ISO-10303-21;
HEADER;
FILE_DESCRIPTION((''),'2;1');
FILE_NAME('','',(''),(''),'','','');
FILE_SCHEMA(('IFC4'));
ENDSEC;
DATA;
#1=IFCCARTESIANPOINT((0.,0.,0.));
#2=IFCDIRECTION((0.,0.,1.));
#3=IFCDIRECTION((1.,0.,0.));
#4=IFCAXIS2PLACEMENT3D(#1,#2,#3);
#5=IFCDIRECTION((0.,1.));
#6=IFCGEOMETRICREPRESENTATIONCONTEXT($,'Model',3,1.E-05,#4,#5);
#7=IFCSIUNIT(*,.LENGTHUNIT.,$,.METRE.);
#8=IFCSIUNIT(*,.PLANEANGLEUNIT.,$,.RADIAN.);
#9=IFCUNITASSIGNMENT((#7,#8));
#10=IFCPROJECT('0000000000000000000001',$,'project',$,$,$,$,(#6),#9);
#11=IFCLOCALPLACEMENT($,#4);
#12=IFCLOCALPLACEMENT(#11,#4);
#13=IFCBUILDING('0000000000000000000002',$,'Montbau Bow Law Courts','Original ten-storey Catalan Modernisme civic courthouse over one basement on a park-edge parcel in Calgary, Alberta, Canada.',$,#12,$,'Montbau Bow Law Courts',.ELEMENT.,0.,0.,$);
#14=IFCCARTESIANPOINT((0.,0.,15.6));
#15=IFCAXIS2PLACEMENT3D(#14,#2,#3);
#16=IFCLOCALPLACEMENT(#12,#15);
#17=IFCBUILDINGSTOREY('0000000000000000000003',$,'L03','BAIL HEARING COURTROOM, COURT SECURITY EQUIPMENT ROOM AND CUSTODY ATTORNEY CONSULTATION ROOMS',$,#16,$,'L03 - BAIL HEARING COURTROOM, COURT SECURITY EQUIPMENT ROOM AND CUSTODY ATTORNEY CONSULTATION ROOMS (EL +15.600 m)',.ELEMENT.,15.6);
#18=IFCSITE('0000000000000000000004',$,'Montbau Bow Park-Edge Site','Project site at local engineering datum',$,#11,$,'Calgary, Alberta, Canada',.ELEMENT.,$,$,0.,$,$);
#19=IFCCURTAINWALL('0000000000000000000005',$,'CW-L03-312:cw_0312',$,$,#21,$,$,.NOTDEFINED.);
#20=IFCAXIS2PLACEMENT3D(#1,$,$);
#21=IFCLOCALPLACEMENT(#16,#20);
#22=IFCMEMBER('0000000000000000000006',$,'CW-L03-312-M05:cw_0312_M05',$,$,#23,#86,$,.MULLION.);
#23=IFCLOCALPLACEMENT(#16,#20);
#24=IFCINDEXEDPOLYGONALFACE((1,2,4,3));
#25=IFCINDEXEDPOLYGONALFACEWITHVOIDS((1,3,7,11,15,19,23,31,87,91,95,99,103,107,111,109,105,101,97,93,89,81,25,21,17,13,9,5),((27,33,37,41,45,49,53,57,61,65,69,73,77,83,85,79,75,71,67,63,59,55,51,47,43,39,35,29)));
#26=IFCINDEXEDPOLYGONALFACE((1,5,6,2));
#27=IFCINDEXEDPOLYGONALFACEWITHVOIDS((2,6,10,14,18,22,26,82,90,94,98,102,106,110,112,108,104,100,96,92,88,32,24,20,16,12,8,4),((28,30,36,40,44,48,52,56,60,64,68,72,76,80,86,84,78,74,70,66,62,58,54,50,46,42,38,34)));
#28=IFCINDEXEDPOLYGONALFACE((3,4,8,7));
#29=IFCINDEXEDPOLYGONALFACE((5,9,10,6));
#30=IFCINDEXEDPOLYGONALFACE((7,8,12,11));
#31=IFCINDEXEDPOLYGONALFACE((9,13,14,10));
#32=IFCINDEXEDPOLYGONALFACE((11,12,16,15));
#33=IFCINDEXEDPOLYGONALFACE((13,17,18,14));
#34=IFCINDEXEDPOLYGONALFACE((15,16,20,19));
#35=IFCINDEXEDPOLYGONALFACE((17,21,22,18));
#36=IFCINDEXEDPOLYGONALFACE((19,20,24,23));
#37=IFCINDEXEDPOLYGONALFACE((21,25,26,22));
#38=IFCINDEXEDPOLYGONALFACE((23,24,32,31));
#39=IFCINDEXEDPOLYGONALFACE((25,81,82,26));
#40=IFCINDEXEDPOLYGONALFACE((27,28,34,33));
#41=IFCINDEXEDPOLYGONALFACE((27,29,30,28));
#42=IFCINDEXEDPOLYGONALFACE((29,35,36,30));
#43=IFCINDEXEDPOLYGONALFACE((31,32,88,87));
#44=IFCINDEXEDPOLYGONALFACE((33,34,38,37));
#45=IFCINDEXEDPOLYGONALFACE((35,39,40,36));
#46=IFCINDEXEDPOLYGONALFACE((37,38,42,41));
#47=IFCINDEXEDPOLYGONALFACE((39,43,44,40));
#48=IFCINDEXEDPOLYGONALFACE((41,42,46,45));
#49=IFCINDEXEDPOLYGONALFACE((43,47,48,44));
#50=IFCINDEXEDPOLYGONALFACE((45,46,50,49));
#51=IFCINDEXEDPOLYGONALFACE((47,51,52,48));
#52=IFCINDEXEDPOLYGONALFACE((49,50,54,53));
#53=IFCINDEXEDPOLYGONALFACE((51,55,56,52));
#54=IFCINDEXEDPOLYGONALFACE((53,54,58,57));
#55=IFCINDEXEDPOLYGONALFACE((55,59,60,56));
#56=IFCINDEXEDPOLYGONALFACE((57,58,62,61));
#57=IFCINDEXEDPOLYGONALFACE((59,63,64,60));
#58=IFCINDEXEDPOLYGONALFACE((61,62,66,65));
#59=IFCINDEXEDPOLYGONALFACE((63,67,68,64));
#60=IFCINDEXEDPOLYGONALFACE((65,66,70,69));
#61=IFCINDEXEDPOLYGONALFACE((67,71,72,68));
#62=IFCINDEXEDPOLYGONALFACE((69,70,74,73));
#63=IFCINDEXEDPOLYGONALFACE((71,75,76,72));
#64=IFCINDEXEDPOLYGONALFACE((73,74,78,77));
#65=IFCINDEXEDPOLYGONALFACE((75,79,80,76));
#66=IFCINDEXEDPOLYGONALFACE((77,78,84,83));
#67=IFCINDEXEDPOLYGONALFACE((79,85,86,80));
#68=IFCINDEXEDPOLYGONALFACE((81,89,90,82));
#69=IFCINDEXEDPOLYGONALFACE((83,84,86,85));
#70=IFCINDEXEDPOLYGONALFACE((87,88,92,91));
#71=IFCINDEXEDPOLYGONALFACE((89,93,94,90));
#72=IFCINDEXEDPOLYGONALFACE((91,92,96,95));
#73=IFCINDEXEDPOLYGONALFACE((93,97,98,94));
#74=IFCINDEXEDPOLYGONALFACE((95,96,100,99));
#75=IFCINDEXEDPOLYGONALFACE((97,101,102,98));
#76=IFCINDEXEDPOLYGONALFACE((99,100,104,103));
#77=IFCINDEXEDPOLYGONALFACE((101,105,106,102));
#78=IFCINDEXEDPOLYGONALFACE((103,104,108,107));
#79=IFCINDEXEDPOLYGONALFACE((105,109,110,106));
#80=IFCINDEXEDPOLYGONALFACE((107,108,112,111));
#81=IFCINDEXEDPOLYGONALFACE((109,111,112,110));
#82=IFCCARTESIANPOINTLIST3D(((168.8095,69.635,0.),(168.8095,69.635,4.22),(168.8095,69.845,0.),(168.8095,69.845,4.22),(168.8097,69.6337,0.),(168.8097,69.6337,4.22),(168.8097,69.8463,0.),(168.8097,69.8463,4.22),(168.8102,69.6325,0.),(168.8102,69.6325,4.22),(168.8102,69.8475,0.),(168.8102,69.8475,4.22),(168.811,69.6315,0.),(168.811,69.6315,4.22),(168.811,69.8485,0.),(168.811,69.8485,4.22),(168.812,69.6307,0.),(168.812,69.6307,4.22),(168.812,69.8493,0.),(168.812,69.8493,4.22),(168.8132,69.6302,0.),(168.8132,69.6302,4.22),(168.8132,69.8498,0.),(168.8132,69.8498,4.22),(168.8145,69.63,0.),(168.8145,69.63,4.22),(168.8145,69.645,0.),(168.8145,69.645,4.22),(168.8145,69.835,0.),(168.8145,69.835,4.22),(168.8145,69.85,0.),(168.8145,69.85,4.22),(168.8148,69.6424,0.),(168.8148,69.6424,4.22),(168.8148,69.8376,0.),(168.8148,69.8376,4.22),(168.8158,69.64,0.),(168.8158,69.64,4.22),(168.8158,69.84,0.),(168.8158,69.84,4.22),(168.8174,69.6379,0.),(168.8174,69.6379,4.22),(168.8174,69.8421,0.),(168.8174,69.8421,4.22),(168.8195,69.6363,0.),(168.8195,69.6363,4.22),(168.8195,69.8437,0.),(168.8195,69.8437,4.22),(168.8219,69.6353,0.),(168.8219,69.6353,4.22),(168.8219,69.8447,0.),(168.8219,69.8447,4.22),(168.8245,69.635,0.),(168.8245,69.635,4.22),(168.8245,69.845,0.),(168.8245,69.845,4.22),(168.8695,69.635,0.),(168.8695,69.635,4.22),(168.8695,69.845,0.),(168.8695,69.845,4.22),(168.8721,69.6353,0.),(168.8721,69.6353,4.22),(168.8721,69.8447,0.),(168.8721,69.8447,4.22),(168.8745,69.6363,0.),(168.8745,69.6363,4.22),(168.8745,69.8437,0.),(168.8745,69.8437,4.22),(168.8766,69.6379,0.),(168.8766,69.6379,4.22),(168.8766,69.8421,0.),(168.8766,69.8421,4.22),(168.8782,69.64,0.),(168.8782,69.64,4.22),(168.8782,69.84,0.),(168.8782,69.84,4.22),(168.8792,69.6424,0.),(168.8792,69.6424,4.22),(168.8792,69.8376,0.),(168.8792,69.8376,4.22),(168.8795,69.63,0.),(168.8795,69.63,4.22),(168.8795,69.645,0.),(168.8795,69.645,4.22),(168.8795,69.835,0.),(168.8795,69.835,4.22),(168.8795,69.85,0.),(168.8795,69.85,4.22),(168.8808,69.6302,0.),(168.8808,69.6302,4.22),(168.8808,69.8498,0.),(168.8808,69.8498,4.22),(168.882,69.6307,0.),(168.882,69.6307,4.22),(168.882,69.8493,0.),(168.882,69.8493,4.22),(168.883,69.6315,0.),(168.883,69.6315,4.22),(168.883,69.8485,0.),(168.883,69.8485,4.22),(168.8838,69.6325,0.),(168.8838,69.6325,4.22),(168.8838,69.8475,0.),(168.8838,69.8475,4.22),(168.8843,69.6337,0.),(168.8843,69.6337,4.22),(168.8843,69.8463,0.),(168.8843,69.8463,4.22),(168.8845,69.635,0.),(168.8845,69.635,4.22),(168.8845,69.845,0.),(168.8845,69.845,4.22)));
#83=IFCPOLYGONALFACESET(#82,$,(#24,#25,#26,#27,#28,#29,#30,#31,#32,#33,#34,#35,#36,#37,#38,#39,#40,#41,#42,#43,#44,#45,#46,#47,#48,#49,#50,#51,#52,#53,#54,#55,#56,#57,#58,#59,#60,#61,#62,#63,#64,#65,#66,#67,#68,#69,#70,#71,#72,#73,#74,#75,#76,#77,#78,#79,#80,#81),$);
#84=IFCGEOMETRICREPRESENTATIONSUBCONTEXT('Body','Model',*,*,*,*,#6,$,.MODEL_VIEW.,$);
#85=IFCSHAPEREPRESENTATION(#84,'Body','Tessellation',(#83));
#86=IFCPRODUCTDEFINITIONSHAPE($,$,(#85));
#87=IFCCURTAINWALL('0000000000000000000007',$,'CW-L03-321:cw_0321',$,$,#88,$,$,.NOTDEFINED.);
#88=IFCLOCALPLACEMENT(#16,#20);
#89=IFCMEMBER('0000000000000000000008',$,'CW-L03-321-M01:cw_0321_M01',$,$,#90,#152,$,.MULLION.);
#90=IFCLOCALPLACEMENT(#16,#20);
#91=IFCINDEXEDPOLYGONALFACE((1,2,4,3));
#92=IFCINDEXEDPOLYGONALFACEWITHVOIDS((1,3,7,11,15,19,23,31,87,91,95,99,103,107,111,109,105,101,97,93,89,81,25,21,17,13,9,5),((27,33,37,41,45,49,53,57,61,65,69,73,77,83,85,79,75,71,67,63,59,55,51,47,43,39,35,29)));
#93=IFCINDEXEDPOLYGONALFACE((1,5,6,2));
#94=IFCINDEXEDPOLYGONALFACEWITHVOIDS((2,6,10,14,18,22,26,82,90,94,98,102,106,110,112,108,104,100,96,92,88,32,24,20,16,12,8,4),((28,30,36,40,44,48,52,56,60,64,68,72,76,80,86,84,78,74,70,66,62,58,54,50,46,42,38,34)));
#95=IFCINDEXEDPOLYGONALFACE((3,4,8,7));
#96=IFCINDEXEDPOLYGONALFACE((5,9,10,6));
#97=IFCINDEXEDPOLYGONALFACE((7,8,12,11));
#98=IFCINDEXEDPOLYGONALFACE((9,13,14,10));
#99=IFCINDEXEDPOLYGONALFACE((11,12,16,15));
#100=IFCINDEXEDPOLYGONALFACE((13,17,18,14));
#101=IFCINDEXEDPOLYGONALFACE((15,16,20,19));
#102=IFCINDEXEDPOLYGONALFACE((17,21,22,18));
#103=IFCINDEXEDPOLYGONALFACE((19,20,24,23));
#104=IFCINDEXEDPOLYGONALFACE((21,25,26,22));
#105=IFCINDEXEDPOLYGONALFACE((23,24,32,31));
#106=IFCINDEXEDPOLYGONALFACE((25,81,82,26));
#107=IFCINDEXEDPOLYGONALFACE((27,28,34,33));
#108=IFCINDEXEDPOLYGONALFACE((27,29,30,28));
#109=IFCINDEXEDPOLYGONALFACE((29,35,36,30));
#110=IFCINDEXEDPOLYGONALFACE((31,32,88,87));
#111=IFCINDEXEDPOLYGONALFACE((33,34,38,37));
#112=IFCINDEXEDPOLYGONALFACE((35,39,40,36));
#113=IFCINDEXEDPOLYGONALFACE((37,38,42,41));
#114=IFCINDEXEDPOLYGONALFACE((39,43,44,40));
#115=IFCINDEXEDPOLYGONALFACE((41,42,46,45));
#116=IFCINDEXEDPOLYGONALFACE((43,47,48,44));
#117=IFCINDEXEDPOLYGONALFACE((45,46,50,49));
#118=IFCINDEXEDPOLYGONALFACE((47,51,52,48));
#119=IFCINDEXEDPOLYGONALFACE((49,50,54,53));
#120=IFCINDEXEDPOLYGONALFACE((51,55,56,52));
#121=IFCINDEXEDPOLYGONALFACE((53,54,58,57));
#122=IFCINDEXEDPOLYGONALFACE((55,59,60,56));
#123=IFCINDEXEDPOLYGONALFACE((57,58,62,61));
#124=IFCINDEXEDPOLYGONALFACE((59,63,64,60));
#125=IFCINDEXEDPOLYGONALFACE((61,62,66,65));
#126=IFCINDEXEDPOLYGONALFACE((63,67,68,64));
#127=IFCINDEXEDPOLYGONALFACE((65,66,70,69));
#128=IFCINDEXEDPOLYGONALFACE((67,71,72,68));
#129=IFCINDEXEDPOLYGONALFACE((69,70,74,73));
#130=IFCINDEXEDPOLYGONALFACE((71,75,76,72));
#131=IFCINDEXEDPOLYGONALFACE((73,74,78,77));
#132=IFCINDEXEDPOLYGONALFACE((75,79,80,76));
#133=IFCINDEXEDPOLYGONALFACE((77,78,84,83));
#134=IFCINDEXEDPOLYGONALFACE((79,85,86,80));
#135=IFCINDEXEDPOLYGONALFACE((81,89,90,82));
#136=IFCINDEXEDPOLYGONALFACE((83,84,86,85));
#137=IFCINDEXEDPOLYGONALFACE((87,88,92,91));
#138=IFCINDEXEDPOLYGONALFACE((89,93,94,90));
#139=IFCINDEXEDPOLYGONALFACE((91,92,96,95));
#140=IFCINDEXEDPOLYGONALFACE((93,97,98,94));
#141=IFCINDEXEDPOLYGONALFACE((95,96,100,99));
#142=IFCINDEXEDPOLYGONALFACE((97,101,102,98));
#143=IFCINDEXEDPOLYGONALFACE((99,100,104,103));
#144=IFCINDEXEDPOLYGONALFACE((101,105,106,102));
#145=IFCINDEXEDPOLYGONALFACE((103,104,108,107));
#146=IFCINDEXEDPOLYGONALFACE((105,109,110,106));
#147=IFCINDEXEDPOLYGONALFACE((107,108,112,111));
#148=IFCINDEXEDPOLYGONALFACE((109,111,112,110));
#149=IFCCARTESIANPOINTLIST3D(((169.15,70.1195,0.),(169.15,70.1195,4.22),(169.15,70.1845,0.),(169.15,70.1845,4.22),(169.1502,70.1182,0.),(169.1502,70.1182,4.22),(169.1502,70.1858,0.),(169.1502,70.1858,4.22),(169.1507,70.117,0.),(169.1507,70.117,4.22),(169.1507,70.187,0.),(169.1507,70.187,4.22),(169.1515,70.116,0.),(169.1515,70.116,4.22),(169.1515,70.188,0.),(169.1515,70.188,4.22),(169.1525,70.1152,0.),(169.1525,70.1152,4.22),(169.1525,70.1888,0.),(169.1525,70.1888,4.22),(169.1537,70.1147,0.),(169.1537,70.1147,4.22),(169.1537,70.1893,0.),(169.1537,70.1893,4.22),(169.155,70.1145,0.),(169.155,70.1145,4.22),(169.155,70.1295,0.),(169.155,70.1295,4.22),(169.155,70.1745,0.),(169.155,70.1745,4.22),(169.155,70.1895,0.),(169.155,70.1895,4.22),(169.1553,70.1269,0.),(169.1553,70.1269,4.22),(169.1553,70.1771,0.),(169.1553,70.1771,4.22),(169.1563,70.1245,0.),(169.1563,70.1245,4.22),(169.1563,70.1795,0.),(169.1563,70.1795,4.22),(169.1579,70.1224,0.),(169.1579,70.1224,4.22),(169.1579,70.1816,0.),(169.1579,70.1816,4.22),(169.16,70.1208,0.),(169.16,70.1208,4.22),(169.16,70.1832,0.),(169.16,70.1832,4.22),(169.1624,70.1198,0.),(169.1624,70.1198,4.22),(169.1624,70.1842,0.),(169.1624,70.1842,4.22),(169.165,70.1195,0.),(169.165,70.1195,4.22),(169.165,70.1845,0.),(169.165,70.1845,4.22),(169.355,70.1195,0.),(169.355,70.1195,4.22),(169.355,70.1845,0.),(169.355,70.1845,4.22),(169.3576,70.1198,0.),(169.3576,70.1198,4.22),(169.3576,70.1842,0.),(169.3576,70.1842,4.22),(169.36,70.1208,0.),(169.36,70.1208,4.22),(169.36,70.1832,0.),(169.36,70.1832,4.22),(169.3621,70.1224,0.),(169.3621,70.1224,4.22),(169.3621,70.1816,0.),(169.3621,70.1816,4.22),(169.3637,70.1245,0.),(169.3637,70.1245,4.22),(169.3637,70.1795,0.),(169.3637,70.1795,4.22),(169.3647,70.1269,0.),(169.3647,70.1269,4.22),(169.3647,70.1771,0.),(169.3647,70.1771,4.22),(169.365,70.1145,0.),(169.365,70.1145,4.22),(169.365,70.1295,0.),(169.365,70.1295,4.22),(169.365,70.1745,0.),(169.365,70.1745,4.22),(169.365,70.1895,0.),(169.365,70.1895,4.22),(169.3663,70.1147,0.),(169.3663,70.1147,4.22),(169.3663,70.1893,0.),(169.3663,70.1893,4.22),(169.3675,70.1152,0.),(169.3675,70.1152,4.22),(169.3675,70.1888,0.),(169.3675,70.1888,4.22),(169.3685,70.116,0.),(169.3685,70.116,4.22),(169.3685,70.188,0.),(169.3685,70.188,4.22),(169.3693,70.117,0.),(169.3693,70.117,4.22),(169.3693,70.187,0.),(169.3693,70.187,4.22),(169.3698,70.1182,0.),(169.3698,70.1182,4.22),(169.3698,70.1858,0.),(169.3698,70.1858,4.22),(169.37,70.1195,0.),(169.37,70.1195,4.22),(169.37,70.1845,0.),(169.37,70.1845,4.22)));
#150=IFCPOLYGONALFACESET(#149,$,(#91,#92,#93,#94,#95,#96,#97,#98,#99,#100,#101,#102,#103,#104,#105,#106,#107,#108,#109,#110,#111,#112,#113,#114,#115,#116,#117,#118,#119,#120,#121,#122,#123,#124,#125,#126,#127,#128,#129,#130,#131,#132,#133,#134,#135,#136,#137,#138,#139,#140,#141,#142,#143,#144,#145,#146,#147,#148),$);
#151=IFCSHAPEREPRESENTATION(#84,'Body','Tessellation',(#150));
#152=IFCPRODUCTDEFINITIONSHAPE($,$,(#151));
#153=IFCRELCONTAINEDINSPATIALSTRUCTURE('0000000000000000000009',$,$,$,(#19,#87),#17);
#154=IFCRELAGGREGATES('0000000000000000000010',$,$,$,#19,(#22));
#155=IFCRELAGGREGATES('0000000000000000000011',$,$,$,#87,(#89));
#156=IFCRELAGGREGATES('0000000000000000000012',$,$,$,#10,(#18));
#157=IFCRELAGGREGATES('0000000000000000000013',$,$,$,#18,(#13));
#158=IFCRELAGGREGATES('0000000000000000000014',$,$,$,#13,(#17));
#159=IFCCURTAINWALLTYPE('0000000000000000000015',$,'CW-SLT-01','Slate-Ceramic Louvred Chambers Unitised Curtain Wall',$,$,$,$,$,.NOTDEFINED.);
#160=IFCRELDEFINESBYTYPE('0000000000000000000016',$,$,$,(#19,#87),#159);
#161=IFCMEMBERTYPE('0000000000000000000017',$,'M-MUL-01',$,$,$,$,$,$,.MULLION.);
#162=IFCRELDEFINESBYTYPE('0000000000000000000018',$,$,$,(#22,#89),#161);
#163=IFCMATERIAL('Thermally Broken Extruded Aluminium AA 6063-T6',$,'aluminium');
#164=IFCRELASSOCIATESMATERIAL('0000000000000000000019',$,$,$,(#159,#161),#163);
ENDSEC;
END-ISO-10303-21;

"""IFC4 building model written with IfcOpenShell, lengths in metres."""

from ifc_helpers import new_model, si_unit, direction, frame, origin_with_axes, origin_2d_with_axis, place, context, subcontext, project, spatial, hollow_rectangle, extrude, material, material_profile, profile_set, type_object, element, aggregate, save


model = new_model("IFC4")

# Units and contexts
model_context = context("Model", 3, precision=1e-05, world=origin_with_axes(), true_north=direction((0.0, 1.0)))
body_context = subcontext(model_context, "Body", "Model", "MODEL_VIEW")
ifc_project = project(units=[si_unit("LENGTHUNIT", "METRE"), si_unit("PLANEANGLEUNIT", "RADIAN")], contexts=[model_context])

# Site, building, storey
site_placement = place(None, origin_with_axes())
site = spatial("IfcSite", under=ifc_project, at=site_placement, Name="Montbau Bow Park-Edge Site", Description="Project site at local engineering datum", LongName="Calgary, Alberta, Canada", CompositionType="ELEMENT", RefElevation=0.0)
building_placement = place(site_placement, origin_with_axes())
building = spatial("IfcBuilding", under=site, at=building_placement, Name="Montbau Bow Law Courts", Description="Original ten-storey Catalan Modernisme civic courthouse over one basement on a park-edge parcel in Calgary, Alberta, Canada.", LongName="Montbau Bow Law Courts", CompositionType="ELEMENT", ElevationOfRefHeight=0.0, ElevationOfTerrain=0.0)
storey_placement = place(building_placement, frame((0.0, 0.0, 15.6), z_axis=(0.0, 0.0, 1.0), x_axis=(1.0, 0.0, 0.0)))
storey = spatial("IfcBuildingStorey", under=building, at=storey_placement, Name="L03", Description="BAIL HEARING COURTROOM, COURT SECURITY EQUIPMENT ROOM AND CUSTODY ATTORNEY CONSULTATION ROOMS", LongName="L03 - BAIL HEARING COURTROOM, COURT SECURITY EQUIPMENT ROOM AND CUSTODY ATTORNEY CONSULTATION ROOMS (EL +15.600 m)", CompositionType="ELEMENT", Elevation=15.6)

# Curtain wall, member
ifc_material_1 = material(Name="Thermally Broken Extruded Aluminium AA 6063-T6", Category="aluminium")
curtain_wall_type = type_object("IfcCurtainWallType", Name="CW-SLT-01", Description="Slate-Ceramic Louvred Chambers Unitised Curtain Wall", PredefinedType="NOTDEFINED", material=ifc_material_1)
curtain_wall_1_placement = place(None, frame((163.115, 69.74, 15.6), z_axis=(0.0, 0.0, 1.0), x_axis=(1.0, 0.0, 0.0)))
curtain_wall_1 = element("IfcCurtainWall", 1, at=curtain_wall_1_placement, inside=storey, type_object=curtain_wall_type, Name="CW-L03-312:cw_0312", PredefinedType="NOTDEFINED")
ifc_material_profile_1 = material_profile(ifc_material_1, hollow_rectangle(XDim=0.075, YDim=0.22, WallThickness=0.005, InnerFilletRadius=0.01, OuterFilletRadius=0.005, at=origin_2d_with_axis()), Name="CWM-220X75", Category="Main", Priority=0)
ifc_profile_set_1 = profile_set([ifc_material_profile_1], Name="Thermally Broken Extruded Aluminium AA 6063-T6")
member_type_1 = type_object("IfcMemberType", Name="M-MUL-01", PredefinedType="MULLION", material=ifc_profile_set_1)
member_1_placement = place(None, frame((168.847, 69.74, 15.6), z_axis=(0.0, 0.0, 1.0), x_axis=(1.0, 0.0, 0.0)))
member_1 = element("IfcMember", 2, at=member_1_placement, type_object=member_type_1, Name="CW-L03-312-M05:cw_0312_M05", PredefinedType="MULLION", context=body_context, shape_type="SweptSolid", body=[
    extrude(hollow_rectangle(XDim=0.075, YDim=0.22, WallThickness=0.005, InnerFilletRadius=0.01, OuterFilletRadius=0.005, at=origin_2d_with_axis()), origin_with_axes(), (0.0, 0.0, 1.0), 4.22),
])

# Curtain wall, member
curtain_wall_2_placement = place(None, frame((169.26, 70.115, 15.6), z_axis=(0.0, 0.0, 1.0), x_axis=(1.0, 0.0, 0.0)))
curtain_wall_2 = element("IfcCurtainWall", 3, at=curtain_wall_2_placement, inside=storey, type_object=curtain_wall_type, Name="CW-L03-321:cw_0321", PredefinedType="NOTDEFINED")
member_2_placement = place(None, frame((169.26, 70.152, 15.6), z_axis=(0.0, 0.0, 1.0), x_axis=(0.0, 1.0, 0.0)))
member_2 = element("IfcMember", 4, at=member_2_placement, type_object=member_type_1, Name="CW-L03-321-M01:cw_0321_M01", PredefinedType="MULLION", context=body_context, shape_type="SweptSolid", body=[
    extrude(hollow_rectangle(XDim=0.075, YDim=0.22, WallThickness=0.005, InnerFilletRadius=0.01, OuterFilletRadius=0.005, at=origin_2d_with_axis()), origin_with_axes(), (0.0, 0.0, 1.0), 4.22),
])

aggregate(curtain_wall_1, [member_1])
aggregate(curtain_wall_2, [member_2])

save(model, "model.ifc")
